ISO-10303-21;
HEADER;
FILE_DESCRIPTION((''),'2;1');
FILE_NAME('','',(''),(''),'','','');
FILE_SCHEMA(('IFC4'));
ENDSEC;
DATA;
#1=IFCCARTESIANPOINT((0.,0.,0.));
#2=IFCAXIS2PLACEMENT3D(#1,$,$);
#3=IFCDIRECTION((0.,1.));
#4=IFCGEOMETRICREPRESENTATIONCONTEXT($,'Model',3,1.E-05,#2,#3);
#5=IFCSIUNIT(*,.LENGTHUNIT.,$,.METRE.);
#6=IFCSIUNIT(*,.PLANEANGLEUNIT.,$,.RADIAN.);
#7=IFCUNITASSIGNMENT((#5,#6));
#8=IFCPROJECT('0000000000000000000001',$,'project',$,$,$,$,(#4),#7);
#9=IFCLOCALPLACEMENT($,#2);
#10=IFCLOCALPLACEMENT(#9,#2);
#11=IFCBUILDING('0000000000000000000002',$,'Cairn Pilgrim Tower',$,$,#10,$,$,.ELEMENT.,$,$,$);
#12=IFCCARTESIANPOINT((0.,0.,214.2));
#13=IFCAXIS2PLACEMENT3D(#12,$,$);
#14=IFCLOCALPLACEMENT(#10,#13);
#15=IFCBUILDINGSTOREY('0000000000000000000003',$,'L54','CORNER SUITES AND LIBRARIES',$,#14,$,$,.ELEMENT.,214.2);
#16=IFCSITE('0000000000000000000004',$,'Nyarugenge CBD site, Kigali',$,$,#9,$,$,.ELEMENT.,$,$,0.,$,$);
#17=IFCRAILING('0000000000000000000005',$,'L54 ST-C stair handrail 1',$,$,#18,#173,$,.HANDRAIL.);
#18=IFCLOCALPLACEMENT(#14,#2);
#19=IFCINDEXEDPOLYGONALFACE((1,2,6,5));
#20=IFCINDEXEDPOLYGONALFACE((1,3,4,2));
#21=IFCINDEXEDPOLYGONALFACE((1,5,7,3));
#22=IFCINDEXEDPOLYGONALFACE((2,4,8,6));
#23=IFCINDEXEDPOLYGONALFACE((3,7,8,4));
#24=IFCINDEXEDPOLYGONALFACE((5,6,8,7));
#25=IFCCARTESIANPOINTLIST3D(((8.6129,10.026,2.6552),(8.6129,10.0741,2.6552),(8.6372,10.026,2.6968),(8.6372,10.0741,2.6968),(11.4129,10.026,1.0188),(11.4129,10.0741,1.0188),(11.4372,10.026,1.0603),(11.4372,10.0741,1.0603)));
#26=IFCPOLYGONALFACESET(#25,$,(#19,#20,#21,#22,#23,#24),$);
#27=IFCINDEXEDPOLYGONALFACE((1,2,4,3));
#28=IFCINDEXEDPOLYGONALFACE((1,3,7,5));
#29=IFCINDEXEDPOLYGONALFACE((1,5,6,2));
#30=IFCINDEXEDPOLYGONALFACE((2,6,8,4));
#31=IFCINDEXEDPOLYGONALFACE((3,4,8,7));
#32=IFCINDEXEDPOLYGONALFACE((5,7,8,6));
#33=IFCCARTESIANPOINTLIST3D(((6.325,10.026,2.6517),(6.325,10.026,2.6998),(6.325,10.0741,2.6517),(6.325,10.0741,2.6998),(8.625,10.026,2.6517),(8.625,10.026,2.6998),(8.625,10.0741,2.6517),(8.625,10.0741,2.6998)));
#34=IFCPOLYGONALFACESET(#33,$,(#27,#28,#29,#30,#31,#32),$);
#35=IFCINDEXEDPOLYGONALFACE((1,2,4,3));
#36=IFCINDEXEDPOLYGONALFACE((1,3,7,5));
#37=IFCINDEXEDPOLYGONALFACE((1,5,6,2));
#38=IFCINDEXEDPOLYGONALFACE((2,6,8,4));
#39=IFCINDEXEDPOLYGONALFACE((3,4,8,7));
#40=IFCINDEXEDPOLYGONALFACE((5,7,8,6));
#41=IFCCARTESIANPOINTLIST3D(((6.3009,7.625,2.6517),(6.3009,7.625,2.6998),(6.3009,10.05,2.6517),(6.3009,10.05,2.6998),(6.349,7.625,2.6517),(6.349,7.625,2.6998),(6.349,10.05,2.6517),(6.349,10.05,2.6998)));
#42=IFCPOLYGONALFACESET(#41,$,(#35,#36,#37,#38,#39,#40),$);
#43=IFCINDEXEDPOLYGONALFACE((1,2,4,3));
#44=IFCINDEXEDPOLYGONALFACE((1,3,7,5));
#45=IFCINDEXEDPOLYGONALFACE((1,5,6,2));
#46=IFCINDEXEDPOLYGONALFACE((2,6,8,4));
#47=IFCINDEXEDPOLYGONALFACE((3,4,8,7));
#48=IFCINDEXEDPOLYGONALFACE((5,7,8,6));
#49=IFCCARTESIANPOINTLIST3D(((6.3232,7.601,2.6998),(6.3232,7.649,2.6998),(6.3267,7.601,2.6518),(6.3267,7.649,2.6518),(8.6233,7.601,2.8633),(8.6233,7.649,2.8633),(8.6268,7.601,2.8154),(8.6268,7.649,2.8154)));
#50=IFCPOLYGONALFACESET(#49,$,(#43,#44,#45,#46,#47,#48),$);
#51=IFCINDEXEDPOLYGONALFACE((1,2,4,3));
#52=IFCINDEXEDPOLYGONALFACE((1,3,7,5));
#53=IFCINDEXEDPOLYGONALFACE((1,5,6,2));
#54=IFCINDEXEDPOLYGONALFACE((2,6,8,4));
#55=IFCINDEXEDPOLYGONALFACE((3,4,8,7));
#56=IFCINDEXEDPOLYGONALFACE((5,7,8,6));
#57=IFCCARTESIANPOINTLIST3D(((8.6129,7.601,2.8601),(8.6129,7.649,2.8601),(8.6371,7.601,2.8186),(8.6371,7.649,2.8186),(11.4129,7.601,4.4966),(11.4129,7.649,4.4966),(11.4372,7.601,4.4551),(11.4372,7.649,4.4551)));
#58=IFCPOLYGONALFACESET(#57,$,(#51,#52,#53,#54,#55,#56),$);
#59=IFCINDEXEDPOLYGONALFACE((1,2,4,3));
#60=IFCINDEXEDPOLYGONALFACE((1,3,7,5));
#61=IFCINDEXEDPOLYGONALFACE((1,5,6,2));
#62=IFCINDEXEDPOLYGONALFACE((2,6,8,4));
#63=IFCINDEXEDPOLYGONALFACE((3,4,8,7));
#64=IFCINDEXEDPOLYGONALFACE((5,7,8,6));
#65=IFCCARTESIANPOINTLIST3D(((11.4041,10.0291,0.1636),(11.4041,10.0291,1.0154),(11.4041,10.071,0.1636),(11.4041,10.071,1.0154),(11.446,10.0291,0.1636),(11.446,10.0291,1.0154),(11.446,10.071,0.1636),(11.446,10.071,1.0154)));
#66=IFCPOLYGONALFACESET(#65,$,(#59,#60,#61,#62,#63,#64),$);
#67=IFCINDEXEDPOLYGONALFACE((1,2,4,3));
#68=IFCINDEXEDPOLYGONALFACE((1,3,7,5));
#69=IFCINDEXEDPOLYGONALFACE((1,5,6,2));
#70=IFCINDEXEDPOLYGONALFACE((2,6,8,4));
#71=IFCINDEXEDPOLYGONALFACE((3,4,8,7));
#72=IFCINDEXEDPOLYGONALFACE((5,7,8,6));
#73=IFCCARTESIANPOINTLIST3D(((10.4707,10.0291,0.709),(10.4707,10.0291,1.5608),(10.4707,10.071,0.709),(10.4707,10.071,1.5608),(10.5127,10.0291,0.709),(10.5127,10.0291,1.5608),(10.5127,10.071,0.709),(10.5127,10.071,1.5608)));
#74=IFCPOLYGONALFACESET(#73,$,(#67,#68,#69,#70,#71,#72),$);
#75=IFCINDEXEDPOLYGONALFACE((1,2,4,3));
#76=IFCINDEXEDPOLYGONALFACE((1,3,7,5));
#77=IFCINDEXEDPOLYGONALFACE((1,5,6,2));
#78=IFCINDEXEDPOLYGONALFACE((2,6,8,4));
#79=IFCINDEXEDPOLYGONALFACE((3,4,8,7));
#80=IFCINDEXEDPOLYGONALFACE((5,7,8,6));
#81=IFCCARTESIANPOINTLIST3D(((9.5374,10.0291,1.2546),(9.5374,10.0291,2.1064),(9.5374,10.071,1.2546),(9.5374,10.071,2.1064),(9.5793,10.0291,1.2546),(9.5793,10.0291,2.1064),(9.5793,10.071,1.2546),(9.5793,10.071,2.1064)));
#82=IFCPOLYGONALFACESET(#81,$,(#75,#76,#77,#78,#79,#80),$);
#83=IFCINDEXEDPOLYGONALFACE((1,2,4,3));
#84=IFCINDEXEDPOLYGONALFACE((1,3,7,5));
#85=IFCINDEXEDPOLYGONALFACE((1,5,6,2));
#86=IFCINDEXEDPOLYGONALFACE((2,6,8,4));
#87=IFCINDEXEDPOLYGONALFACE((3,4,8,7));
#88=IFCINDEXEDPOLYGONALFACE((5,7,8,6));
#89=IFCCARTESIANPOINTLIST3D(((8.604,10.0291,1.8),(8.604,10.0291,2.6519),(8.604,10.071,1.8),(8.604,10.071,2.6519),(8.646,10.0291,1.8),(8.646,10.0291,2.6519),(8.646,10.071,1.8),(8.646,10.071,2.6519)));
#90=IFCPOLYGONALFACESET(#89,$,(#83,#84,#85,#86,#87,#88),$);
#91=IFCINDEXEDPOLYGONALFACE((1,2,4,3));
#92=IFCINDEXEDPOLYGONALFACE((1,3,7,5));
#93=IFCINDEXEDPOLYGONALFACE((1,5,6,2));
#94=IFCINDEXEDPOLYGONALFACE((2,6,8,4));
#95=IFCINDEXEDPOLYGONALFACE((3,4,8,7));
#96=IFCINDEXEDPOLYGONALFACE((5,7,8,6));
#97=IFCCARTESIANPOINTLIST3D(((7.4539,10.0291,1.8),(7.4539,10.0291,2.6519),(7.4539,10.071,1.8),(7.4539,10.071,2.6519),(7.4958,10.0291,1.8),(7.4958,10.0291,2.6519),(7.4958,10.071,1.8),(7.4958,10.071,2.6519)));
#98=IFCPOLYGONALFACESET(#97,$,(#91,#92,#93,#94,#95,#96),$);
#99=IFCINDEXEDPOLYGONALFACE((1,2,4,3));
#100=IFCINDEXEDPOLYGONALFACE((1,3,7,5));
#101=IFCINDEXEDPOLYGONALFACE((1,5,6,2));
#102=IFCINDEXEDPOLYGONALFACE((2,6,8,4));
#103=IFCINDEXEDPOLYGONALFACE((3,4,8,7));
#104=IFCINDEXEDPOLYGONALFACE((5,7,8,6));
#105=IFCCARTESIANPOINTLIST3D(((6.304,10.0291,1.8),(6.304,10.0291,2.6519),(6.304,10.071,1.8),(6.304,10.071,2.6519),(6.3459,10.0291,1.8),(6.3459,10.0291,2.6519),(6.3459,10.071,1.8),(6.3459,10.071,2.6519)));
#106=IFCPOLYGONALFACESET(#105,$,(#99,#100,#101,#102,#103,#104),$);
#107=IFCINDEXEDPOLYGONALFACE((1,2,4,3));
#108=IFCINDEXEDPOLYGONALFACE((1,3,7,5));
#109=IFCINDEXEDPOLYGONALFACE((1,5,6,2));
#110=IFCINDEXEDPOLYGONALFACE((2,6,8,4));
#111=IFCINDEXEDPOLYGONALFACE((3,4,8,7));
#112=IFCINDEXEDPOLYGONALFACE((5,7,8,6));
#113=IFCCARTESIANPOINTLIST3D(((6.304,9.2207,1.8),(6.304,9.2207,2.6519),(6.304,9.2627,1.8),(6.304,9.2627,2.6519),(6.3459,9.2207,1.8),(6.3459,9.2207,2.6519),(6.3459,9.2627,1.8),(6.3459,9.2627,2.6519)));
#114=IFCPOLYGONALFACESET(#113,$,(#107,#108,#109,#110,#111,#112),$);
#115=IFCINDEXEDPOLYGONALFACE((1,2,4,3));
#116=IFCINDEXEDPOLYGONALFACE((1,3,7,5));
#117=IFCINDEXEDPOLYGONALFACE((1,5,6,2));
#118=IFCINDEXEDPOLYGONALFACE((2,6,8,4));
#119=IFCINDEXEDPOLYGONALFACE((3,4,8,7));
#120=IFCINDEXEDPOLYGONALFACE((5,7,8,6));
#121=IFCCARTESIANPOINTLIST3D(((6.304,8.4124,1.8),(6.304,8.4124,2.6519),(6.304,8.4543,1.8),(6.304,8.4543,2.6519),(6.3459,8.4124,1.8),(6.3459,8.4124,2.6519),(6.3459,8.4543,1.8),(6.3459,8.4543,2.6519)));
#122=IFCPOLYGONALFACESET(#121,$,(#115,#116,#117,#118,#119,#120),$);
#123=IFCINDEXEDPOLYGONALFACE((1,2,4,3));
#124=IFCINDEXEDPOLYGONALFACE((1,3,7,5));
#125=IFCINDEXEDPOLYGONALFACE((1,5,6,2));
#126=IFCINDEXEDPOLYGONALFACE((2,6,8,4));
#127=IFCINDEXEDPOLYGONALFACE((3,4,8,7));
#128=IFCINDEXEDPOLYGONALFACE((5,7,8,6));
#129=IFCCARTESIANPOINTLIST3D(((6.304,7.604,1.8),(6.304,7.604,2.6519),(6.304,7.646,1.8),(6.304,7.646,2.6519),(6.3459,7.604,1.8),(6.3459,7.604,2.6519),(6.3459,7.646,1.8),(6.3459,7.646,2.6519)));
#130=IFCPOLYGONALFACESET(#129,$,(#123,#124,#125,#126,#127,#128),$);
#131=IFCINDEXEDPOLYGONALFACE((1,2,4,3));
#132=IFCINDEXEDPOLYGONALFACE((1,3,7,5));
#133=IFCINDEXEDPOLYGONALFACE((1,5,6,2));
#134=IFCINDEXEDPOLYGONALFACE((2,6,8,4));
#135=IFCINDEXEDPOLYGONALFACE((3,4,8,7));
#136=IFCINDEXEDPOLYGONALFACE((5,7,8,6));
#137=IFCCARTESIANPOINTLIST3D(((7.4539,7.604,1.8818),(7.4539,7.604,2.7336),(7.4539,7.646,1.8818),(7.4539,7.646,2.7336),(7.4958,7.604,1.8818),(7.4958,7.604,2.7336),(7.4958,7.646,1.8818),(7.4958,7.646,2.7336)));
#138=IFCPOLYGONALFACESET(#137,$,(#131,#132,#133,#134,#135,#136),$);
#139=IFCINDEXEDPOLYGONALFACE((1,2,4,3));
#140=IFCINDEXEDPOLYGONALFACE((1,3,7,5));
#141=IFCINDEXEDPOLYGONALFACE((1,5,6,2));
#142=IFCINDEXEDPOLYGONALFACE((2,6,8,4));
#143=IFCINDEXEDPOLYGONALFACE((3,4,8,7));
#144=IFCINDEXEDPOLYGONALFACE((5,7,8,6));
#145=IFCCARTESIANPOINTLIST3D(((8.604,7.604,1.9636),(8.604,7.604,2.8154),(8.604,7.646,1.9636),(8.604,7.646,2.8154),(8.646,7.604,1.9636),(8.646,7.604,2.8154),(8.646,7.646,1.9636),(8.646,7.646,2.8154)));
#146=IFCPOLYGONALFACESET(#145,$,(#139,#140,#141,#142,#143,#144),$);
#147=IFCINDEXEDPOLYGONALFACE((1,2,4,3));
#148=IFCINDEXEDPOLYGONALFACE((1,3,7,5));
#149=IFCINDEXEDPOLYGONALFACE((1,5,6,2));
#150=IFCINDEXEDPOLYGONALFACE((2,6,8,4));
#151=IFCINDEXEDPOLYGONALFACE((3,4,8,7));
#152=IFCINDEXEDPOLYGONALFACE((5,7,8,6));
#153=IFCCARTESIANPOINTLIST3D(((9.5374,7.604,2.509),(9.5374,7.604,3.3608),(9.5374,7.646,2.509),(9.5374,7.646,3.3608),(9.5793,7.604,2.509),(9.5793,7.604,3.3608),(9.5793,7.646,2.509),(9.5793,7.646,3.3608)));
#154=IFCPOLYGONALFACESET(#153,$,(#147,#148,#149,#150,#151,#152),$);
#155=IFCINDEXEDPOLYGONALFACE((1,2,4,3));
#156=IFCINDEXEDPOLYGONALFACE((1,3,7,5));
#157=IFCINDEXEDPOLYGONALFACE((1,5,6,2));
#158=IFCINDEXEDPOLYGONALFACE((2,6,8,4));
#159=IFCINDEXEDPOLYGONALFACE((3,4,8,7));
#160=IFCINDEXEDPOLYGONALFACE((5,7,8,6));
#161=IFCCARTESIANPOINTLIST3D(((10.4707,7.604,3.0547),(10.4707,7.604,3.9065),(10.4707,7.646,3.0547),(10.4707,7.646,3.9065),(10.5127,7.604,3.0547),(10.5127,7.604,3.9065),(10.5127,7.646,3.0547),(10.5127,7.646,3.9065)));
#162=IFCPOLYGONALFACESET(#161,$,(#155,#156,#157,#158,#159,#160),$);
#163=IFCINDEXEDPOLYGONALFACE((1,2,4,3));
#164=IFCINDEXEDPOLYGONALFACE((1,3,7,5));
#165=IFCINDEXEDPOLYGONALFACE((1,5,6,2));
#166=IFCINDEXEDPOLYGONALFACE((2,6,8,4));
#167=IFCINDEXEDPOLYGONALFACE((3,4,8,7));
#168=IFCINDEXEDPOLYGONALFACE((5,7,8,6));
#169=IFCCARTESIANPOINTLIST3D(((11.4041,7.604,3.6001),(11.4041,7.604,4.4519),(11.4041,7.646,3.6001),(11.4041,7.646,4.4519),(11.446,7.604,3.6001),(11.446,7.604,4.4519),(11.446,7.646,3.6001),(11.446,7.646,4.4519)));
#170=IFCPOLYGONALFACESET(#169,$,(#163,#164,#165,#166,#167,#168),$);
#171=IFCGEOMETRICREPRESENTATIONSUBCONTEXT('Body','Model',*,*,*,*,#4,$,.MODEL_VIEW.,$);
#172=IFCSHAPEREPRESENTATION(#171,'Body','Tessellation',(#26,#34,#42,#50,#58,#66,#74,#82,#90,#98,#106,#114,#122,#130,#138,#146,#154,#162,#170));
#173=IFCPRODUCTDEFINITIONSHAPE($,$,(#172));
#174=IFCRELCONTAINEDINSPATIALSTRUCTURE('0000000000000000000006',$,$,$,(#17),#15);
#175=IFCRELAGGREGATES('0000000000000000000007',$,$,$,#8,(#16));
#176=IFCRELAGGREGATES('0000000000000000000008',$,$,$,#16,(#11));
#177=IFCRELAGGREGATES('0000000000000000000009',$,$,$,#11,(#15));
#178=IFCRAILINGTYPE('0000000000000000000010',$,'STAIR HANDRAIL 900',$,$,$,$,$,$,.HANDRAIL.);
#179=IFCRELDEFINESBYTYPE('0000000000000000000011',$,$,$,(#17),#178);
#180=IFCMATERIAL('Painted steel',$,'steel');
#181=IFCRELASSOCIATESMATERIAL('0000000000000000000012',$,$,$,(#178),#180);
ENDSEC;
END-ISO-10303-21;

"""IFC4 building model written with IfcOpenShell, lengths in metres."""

from ifc_helpers import new_model, si_unit, direction, frame, origin, origin_2d, place, context, subcontext, project, spatial, rectangle, extrude, material, type_object, element, save


model = new_model("IFC4")

# Units and contexts
model_context = context("Model", 3, precision=1e-05, world=origin(), true_north=direction((0.0, 1.0)))
body_context = subcontext(model_context, "Body", "Model", "MODEL_VIEW")
ifc_project = project(units=[si_unit("LENGTHUNIT", "METRE"), si_unit("PLANEANGLEUNIT", "RADIAN")], contexts=[model_context])

# Site, building, storey
site_placement = place(None, origin())
site = spatial("IfcSite", under=ifc_project, at=site_placement, Name="Nyarugenge CBD site, Kigali", CompositionType="ELEMENT", RefElevation=0.0)
building_placement = place(site_placement, origin())
building = spatial("IfcBuilding", under=site, at=building_placement, Name="Cairn Pilgrim Tower", CompositionType="ELEMENT")
storey_placement = place(building_placement, frame((0.0, 0.0, 214.2)))
storey = spatial("IfcBuildingStorey", under=building, at=storey_placement, Name="L54", Description="CORNER SUITES AND LIBRARIES", CompositionType="ELEMENT", Elevation=214.2)

# Railing
ifc_material_1 = material(Name="Painted steel", Category="steel")
railing_type_1 = type_object("IfcRailingType", Name="STAIR HANDRAIL 900", PredefinedType="HANDRAIL", material=ifc_material_1)
railing_1_placement = place(storey_placement, frame((11.425, 10.05, 0.1636)))
element("IfcRailing", 1, at=railing_1_placement, inside=storey, type_object=railing_type_1, Name="L54 ST-C stair handrail 1", PredefinedType="HANDRAIL", context=body_context, shape_type="SweptSolid", body=[
    extrude(rectangle(XDim=0.0481, YDim=0.0481, at=origin_2d()), frame((0.0, 0.0, 0.876), z_axis=(-0.863361, 0.0, 0.504587), x_axis=(0.0, -1.0, 0.0)), (0.0, 0.0, 1.0), 3.2432),
    extrude(rectangle(XDim=0.0481, YDim=0.0481, at=origin_2d()), frame((-2.8, 0.0, 2.5122), z_axis=(-1.0, 0.0, 0.0), x_axis=(0.0, -1.0, 0.0)), (0.0, 0.0, 1.0), 2.3),
    extrude(rectangle(XDim=0.0481, YDim=0.0481, at=origin_2d()), frame((-5.1001, 0.0, 2.5122), z_axis=(0.0, -1.0, 0.0), x_axis=(1.0, 0.0, 0.0)), (0.0, 0.0, 1.0), 2.425),
    extrude(rectangle(XDim=0.0481, YDim=0.0481, at=origin_2d()), frame((-5.1001, -2.425, 2.5122), z_axis=(0.997481, 0.0, 0.070939), x_axis=(0.0, 1.0, 0.0)), (0.0, 0.0, 1.0), 2.3059),
    extrude(rectangle(XDim=0.0481, YDim=0.0481, at=origin_2d()), frame((-2.8, -2.425, 2.6758), z_axis=(0.863361, 0.0, 0.504587), x_axis=(0.0, 1.0, 0.0)), (0.0, 0.0, 1.0), 3.2432),
    extrude(rectangle(XDim=0.042, YDim=0.042, at=origin_2d()), origin(), (0.0, 0.0, 1.0), 0.8518),
    extrude(rectangle(XDim=0.042, YDim=0.042, at=origin_2d()), frame((-0.9333, 0.0, 0.5454)), (0.0, 0.0, 1.0), 0.8518),
    extrude(rectangle(XDim=0.042, YDim=0.042, at=origin_2d()), frame((-1.8667, 0.0, 1.0911)), (0.0, 0.0, 1.0), 0.8518),
    extrude(rectangle(XDim=0.042, YDim=0.042, at=origin_2d()), frame((-2.8, 0.0, 1.6365)), (0.0, 0.0, 1.0), 0.8518),
    extrude(rectangle(XDim=0.042, YDim=0.042, at=origin_2d()), frame((-3.9502, 0.0, 1.6365)), (0.0, 0.0, 1.0), 0.8518),
    extrude(rectangle(XDim=0.042, YDim=0.042, at=origin_2d()), frame((-5.1001, 0.0, 1.6365)), (0.0, 0.0, 1.0), 0.8518),
    extrude(rectangle(XDim=0.042, YDim=0.042, at=origin_2d()), frame((-5.1001, -0.8083, 1.6365)), (0.0, 0.0, 1.0), 0.8518),
    extrude(rectangle(XDim=0.042, YDim=0.042, at=origin_2d()), frame((-5.1001, -1.6167, 1.6365)), (0.0, 0.0, 1.0), 0.8518),
    extrude(rectangle(XDim=0.042, YDim=0.042, at=origin_2d()), frame((-5.1001, -2.425, 1.6365)), (0.0, 0.0, 1.0), 0.8518),
    extrude(rectangle(XDim=0.042, YDim=0.042, at=origin_2d()), frame((-3.9502, -2.425, 1.7183)), (0.0, 0.0, 1.0), 0.8518),
    extrude(rectangle(XDim=0.042, YDim=0.042, at=origin_2d()), frame((-2.8, -2.425, 1.8)), (0.0, 0.0, 1.0), 0.8518),
    extrude(rectangle(XDim=0.042, YDim=0.042, at=origin_2d()), frame((-1.8667, -2.425, 2.3455)), (0.0, 0.0, 1.0), 0.8518),
    extrude(rectangle(XDim=0.042, YDim=0.042, at=origin_2d()), frame((-0.9333, -2.425, 2.8911)), (0.0, 0.0, 1.0), 0.8518),
    extrude(rectangle(XDim=0.042, YDim=0.042, at=origin_2d()), frame((0.0, -2.425, 3.4365)), (0.0, 0.0, 1.0), 0.8518),
])

save(model, "model.ifc")
